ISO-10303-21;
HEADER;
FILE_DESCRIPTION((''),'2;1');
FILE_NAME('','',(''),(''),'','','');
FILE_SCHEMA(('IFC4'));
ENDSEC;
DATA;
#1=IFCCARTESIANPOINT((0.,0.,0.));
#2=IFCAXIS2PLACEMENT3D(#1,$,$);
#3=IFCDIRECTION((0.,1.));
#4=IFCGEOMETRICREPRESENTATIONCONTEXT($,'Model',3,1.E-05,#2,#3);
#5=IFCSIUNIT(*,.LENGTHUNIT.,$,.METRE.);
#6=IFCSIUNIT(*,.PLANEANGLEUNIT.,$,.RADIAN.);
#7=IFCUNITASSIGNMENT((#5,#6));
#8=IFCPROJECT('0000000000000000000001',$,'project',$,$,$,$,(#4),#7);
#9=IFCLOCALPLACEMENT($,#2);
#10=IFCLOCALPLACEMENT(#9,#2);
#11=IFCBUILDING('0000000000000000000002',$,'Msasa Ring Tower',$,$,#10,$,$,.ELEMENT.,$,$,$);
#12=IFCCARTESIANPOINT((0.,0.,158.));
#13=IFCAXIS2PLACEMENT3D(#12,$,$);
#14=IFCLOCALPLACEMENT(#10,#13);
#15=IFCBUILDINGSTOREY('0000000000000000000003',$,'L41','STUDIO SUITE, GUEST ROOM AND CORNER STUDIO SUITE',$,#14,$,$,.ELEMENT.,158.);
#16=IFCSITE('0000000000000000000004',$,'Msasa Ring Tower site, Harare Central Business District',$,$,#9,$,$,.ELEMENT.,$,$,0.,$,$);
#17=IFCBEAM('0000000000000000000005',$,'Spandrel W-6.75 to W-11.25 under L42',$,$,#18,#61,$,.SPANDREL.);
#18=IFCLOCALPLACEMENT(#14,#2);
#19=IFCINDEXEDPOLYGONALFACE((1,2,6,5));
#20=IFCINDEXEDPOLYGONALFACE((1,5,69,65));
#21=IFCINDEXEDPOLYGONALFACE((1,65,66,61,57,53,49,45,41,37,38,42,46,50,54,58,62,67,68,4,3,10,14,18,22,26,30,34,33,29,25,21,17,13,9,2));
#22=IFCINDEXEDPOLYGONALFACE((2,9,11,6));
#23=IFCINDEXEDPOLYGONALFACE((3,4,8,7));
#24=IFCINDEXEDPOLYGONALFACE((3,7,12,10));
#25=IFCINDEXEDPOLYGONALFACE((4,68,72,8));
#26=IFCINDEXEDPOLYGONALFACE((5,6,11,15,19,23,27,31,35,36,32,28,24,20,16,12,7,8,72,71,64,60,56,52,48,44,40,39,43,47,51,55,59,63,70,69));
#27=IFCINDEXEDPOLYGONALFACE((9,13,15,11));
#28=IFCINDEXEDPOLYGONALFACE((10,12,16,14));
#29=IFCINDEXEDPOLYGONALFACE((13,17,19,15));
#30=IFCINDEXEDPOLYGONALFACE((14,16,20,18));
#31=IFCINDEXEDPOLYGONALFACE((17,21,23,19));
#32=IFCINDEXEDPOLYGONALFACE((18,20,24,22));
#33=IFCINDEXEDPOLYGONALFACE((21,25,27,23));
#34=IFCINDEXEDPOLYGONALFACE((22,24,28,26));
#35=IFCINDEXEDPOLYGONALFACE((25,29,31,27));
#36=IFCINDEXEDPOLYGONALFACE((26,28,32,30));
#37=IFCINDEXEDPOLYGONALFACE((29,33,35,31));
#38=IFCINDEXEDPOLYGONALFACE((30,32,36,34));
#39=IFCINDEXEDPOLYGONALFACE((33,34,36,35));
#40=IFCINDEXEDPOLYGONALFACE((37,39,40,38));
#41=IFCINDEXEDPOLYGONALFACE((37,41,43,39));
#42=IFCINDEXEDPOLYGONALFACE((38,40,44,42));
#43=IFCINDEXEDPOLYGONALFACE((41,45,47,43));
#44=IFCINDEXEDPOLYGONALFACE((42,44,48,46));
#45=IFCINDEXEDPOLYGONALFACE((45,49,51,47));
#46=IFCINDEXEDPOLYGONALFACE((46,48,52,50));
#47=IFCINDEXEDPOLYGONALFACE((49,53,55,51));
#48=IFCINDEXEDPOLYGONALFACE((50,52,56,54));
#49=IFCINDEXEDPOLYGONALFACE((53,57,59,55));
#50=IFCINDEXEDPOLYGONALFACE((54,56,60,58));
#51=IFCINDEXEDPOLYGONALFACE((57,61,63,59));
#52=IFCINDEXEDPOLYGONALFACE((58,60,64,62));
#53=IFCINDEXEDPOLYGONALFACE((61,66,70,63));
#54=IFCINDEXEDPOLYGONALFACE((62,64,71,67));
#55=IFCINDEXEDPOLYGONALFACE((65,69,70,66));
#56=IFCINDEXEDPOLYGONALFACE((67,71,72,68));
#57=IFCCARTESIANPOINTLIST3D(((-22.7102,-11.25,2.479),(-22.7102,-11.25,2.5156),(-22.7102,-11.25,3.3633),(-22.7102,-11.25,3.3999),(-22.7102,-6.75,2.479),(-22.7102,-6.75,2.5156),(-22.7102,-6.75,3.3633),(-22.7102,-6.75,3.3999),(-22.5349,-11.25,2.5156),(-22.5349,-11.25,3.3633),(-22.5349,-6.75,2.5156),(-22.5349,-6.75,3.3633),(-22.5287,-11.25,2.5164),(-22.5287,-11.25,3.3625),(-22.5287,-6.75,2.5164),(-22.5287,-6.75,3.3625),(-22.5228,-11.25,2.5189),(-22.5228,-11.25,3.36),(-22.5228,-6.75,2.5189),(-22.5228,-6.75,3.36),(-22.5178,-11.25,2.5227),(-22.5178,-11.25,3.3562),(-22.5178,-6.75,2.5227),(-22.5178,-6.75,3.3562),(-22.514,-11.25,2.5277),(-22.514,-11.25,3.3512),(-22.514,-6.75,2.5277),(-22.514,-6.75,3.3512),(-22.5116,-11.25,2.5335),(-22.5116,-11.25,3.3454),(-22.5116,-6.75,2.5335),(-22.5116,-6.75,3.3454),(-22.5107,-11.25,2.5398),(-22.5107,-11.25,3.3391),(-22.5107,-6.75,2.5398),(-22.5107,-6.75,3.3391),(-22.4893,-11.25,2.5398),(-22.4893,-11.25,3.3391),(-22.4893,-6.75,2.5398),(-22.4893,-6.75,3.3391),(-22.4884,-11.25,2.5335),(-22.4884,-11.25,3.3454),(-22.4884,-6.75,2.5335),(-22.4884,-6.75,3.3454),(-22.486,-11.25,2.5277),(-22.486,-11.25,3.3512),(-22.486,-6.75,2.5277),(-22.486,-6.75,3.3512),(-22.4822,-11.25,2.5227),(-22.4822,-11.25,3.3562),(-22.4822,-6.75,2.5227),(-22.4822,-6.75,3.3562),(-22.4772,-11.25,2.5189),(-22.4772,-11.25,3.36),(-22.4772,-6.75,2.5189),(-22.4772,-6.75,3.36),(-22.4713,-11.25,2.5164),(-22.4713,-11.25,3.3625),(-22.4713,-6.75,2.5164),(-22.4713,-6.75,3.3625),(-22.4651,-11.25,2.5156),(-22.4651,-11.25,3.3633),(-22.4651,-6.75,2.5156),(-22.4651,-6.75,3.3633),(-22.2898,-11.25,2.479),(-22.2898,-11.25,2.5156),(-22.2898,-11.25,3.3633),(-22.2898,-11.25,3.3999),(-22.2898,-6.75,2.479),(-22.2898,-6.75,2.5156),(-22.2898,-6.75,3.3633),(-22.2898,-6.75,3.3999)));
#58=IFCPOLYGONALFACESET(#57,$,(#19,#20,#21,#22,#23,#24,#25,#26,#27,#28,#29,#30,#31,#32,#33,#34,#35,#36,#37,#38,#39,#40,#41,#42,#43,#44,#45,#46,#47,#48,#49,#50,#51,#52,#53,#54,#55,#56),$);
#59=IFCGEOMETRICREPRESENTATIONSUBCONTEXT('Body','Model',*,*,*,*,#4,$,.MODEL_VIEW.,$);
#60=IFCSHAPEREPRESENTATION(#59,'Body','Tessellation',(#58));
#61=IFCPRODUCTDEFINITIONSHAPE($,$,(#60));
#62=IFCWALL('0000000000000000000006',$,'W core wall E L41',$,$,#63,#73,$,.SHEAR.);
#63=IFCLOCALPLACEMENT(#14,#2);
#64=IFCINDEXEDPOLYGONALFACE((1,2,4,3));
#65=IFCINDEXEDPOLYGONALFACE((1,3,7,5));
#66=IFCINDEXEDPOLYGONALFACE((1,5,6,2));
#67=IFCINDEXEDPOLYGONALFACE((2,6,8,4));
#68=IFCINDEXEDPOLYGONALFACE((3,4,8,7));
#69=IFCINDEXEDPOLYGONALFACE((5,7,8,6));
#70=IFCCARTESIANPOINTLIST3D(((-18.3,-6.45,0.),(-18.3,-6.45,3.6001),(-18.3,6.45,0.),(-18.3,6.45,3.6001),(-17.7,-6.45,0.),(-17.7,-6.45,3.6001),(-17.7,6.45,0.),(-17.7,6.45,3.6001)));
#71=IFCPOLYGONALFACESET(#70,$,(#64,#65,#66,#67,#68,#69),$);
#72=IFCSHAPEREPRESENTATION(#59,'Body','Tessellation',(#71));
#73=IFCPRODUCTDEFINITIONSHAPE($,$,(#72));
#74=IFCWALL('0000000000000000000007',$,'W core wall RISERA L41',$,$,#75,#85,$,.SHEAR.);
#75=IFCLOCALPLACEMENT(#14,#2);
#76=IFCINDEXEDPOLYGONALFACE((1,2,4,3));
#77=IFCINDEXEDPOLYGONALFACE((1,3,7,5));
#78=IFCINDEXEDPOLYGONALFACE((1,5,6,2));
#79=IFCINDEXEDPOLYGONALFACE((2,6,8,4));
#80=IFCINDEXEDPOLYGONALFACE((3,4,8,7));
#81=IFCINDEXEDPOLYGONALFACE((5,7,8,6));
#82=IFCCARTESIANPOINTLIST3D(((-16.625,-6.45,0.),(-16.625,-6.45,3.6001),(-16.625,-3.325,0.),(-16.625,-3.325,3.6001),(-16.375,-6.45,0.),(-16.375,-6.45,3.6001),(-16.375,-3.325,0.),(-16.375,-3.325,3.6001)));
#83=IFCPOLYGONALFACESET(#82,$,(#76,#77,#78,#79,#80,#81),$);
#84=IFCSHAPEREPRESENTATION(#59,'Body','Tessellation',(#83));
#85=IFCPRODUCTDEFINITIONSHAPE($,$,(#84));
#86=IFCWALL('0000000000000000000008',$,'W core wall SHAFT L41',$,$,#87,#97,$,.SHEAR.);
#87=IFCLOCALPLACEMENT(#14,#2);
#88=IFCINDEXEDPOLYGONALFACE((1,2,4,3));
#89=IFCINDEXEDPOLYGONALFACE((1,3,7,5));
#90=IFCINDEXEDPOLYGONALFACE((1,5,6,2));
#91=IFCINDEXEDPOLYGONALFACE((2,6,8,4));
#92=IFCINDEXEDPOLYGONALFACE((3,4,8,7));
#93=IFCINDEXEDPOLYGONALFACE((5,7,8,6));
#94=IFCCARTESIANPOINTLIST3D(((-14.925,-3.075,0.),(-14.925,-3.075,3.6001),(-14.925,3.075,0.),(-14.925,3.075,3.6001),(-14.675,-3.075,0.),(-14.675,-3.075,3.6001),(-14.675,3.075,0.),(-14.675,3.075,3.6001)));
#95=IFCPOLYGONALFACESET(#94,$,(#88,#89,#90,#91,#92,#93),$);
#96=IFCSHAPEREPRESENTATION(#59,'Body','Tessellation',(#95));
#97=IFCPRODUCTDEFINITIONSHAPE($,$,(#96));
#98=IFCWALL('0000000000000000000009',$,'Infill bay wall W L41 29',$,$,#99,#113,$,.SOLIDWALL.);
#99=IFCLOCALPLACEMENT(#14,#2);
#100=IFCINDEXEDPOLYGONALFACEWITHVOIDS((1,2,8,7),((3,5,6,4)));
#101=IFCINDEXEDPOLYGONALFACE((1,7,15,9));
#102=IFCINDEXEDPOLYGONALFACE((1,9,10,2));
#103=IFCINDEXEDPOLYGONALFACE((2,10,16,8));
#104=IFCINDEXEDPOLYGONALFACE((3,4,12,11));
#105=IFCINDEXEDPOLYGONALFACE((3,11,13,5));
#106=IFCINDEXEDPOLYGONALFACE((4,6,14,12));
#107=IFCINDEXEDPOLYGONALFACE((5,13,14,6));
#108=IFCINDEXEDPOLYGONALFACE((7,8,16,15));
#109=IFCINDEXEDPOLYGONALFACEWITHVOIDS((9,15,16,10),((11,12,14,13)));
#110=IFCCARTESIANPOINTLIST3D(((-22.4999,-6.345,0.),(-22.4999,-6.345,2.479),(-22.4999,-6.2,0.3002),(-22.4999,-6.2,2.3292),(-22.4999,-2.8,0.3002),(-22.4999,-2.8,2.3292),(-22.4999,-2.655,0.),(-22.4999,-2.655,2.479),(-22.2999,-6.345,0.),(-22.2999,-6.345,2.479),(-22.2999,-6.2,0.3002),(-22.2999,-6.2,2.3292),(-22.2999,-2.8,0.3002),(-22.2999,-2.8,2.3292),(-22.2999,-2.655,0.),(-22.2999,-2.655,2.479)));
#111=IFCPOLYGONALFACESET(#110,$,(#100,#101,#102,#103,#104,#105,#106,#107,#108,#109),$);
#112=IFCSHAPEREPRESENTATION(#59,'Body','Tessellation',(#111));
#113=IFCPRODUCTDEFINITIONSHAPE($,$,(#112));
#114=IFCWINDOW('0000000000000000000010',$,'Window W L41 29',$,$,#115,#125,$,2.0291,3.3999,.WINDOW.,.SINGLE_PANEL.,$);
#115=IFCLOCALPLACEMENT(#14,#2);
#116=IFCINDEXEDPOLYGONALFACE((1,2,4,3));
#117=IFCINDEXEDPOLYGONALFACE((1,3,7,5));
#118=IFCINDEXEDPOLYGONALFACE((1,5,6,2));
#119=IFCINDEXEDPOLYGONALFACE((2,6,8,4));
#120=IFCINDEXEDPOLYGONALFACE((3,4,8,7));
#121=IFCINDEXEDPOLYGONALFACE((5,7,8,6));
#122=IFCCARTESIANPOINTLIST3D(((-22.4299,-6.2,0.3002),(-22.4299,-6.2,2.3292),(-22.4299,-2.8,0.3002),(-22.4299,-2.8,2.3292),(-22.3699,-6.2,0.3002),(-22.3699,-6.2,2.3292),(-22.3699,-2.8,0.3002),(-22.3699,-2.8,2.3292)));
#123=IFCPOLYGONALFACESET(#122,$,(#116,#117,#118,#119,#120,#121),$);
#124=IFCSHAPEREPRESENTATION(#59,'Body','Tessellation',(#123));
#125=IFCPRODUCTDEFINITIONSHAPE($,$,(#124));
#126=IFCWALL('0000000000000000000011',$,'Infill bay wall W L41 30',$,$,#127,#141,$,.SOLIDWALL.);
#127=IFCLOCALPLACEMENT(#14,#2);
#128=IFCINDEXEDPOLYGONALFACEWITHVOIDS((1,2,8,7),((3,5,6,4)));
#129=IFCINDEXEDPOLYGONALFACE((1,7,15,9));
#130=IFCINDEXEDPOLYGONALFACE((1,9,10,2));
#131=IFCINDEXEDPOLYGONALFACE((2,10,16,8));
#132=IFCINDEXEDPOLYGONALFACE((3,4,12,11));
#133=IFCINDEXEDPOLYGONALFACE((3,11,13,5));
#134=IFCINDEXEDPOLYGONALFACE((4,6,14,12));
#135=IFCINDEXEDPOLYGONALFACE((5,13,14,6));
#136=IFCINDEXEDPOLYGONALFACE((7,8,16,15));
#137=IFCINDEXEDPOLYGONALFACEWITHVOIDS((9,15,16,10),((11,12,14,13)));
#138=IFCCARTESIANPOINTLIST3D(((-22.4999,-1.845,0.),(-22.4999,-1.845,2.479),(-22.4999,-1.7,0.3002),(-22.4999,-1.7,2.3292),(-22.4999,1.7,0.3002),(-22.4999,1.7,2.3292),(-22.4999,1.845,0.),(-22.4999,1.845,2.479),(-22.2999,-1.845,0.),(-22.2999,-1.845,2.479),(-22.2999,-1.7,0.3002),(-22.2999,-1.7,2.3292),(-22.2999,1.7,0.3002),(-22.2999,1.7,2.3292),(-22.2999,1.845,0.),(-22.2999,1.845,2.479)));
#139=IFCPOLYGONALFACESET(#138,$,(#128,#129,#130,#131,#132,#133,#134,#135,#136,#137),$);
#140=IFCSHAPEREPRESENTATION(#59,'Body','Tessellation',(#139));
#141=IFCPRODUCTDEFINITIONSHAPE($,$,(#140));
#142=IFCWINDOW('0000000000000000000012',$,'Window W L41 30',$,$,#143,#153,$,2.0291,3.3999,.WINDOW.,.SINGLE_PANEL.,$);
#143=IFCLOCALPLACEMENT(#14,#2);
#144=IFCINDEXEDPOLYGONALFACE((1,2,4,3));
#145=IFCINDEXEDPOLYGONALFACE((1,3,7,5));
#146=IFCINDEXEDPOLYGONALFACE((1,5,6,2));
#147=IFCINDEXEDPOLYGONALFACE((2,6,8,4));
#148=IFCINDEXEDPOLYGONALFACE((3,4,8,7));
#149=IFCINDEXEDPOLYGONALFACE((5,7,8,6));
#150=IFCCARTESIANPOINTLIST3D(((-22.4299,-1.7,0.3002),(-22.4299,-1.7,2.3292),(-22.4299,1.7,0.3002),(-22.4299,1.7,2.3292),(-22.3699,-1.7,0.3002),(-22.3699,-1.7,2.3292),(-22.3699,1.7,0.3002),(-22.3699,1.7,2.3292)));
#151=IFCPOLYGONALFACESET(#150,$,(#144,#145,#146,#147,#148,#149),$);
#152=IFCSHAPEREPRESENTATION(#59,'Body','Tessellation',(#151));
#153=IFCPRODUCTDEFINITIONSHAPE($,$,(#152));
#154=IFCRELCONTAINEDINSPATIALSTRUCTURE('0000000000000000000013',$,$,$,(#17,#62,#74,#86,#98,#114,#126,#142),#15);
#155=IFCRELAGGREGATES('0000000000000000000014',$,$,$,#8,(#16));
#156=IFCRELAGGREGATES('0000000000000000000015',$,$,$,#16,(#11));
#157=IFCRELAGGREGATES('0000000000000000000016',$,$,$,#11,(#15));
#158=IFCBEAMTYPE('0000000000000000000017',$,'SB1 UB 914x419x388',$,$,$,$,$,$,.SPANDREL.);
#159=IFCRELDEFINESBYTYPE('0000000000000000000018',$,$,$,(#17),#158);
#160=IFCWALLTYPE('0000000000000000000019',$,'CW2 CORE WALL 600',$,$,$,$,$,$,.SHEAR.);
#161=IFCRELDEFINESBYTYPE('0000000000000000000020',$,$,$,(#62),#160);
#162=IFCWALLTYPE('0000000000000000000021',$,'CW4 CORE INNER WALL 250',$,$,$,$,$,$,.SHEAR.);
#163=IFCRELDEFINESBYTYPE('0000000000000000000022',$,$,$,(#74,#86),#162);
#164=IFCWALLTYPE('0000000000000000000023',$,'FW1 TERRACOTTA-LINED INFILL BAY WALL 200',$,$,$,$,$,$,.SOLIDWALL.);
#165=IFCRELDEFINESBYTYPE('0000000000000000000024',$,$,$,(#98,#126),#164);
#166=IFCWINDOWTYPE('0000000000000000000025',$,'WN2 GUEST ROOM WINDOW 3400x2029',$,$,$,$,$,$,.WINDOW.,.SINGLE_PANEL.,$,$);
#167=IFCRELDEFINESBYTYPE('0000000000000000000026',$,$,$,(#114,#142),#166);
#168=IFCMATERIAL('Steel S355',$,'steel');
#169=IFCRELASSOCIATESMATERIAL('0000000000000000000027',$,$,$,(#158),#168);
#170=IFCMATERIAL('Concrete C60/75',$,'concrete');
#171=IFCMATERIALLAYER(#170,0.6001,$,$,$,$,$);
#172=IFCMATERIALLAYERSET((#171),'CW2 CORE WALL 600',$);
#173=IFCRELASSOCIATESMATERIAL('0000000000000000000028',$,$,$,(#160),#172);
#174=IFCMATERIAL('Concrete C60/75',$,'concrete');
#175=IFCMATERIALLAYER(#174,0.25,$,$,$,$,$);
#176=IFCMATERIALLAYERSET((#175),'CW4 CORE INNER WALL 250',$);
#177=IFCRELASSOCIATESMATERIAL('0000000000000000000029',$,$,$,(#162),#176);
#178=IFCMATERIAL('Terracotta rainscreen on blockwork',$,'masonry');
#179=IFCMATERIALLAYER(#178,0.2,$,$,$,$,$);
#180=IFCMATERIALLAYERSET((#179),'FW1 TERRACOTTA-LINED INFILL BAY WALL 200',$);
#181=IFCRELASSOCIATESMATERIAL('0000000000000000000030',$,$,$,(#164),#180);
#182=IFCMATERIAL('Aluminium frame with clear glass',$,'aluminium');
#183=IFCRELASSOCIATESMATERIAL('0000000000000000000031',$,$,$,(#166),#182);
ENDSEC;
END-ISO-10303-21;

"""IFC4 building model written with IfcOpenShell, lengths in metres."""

from ifc_helpers import new_model, si_unit, direction, frame, frame_2d, origin, origin_2d, place, context, subcontext, project, spatial, rectangle, i_section, extrude, material, layer, layer_set, material_profile, profile_set, type_object, element, fill, save


model = new_model("IFC4")

# Units and contexts
model_context = context("Model", 3, precision=1e-05, world=origin(), true_north=direction((0.0, 1.0)))
body_context = subcontext(model_context, "Body", "Model", "MODEL_VIEW")
ifc_project = project(units=[si_unit("LENGTHUNIT", "METRE"), si_unit("PLANEANGLEUNIT", "RADIAN")], contexts=[model_context])

# Site, building, storey
site_placement = place(None, origin())
site = spatial("IfcSite", under=ifc_project, at=site_placement, Name="Msasa Ring Tower site, Harare Central Business District", CompositionType="ELEMENT", RefElevation=0.0)
building_placement = place(site_placement, origin())
building = spatial("IfcBuilding", under=site, at=building_placement, Name="Msasa Ring Tower", CompositionType="ELEMENT")
storey_placement = place(building_placement, frame((0.0, 0.0, 158.0)))
storey = spatial("IfcBuildingStorey", under=building, at=storey_placement, Name="L41", Description="STUDIO SUITE, GUEST ROOM AND CORNER STUDIO SUITE", CompositionType="ELEMENT", Elevation=158.0)

# Beam
ifc_material_1 = material(Name="Steel S355", Category="steel")
ifc_material_profile_1 = material_profile(ifc_material_1, i_section(OverallWidth=0.4204, OverallDepth=0.9209, WebThickness=0.0215, FlangeThickness=0.0366, FilletRadius=0.0242, at=origin_2d()), Name="UB 914x419x388")
ifc_profile_set_1 = profile_set([ifc_material_profile_1], Name="Steel S355")
beam_type_1 = type_object("IfcBeamType", Name="SB1 UB 914x419x388", PredefinedType="SPANDREL", material=ifc_profile_set_1)
for number, where, z_axis, x_axis, name in (
    (1, (-22.5, -6.75, 2.9395), (0.0, -1.0, 0.0), (1.0, 0.0, 0.0), "Spandrel W-6.75 to W-11.25 under L42"),
):
    element("IfcBeam", number, at=place(storey_placement, frame(where, z_axis=z_axis, x_axis=x_axis)), inside=storey, type_object=beam_type_1, Name=name, PredefinedType="SPANDREL", context=body_context, shape_type="SweptSolid", body=[
        extrude(i_section(OverallWidth=0.4204, OverallDepth=0.9209, WebThickness=0.0215, FlangeThickness=0.0366, FilletRadius=0.0242, at=origin_2d()), origin(), (0.0, 0.0, 1.0), 4.5),
    ])

# Walls
ifc_material_2 = material(Name="Concrete C60/75", Category="concrete")
ifc_layer_1 = layer(ifc_material_2, 0.6001)
ifc_layer_set_1 = layer_set([ifc_layer_1], Name="CW2 CORE WALL 600")
wall_type_1 = type_object("IfcWallType", Name="CW2 CORE WALL 600", PredefinedType="SHEAR", material=ifc_layer_set_1)
wall_1_placement = place(storey_placement, frame((-18.0, -6.45, 0.0), z_axis=(0.0, 0.0, 1.0), x_axis=(0.0, 1.0, 0.0)))
element("IfcWall", 2, at=wall_1_placement, inside=storey, type_object=wall_type_1, Name="W core wall E L41", PredefinedType="SHEAR", context=body_context, shape_type="SweptSolid", body=[
    extrude(rectangle(XDim=12.8999, YDim=0.6001, at=frame_2d((6.45, 0.0))), origin(), (0.0, 0.0, 1.0), 3.6001),
])
ifc_material_3 = material(Name="Concrete C60/75", Category="concrete")
ifc_layer_2 = layer(ifc_material_3, 0.25)
ifc_layer_set_2 = layer_set([ifc_layer_2], Name="CW4 CORE INNER WALL 250")
wall_type_2 = type_object("IfcWallType", Name="CW4 CORE INNER WALL 250", PredefinedType="SHEAR", material=ifc_layer_set_2)
wall_2_placement = place(storey_placement, frame((-16.5, -6.45, 0.0), z_axis=(0.0, 0.0, 1.0), x_axis=(0.0, 1.0, 0.0)))
element("IfcWall", 3, at=wall_2_placement, inside=storey, type_object=wall_type_2, Name="W core wall RISERA L41", PredefinedType="SHEAR", context=body_context, shape_type="SweptSolid", body=[
    extrude(rectangle(XDim=3.125, YDim=0.25, at=frame_2d((1.5625, 0.0))), origin(), (0.0, 0.0, 1.0), 3.6001),
])
wall_3_placement = place(storey_placement, frame((-14.8, -3.075, 0.0), z_axis=(0.0, 0.0, 1.0), x_axis=(0.0, 1.0, 0.0)))
element("IfcWall", 4, at=wall_3_placement, inside=storey, type_object=wall_type_2, Name="W core wall SHAFT L41", PredefinedType="SHEAR", context=body_context, shape_type="SweptSolid", body=[
    extrude(rectangle(XDim=6.1499, YDim=0.25, at=frame_2d((3.075, 0.0))), origin(), (0.0, 0.0, 1.0), 3.6001),
])

# Walls, openings, windows
ifc_material_4 = material(Name="Terracotta rainscreen on blockwork", Category="masonry")
ifc_layer_3 = layer(ifc_material_4, 0.2)
ifc_layer_set_3 = layer_set([ifc_layer_3], Name="FW1 TERRACOTTA-LINED INFILL BAY WALL 200")
wall_type_3 = type_object("IfcWallType", Name="FW1 TERRACOTTA-LINED INFILL BAY WALL 200", PredefinedType="SOLIDWALL", material=ifc_layer_set_3)
wall_4_placement = place(storey_placement, frame((-22.3999, -6.345, 0.0), z_axis=(0.0, 0.0, 1.0), x_axis=(0.0, 1.0, 0.0)))
wall_4 = element("IfcWall", 5, at=wall_4_placement, inside=storey, type_object=wall_type_3, Name="Infill bay wall W L41 29", PredefinedType="SOLIDWALL", context=body_context, shape_type="SweptSolid", body=[
    extrude(rectangle(XDim=3.6899, YDim=0.2, at=frame_2d((1.845, 0.0))), origin(), (0.0, 0.0, 1.0), 2.479),
])
opening_1_placement = place(wall_4_placement, frame((0.145, 0.0, 0.3)))
opening_1 = element("IfcOpeningElement", 6, at=opening_1_placement, cuts=wall_4, PredefinedType="OPENING", context=body_context, shape_type="SweptSolid", body=[
    extrude(rectangle(XDim=3.3999, YDim=2.0291, at=frame_2d((1.7, 1.0146))), frame((0.0, 0.1099, 0.0), z_axis=(0.0, -1.0, 0.0), x_axis=(1.0, 0.0, 0.0)), (0.0, 0.0, 1.0), 0.22),
])
ifc_material_5 = material(Name="Aluminium frame with clear glass", Category="aluminium")
window_type = type_object("IfcWindowType", Name="WN2 GUEST ROOM WINDOW 3400x2029", PartitioningType="SINGLE_PANEL", PredefinedType="WINDOW", material=ifc_material_5)
window_1_placement = place(opening_1_placement, origin())
window_1 = element("IfcWindow", 7, at=window_1_placement, inside=storey, type_object=window_type, Name="Window W L41 29", OverallHeight=2.0291, OverallWidth=3.3999, PartitioningType="SINGLE_PANEL", PredefinedType="WINDOW", context=body_context, shape_type="SweptSolid", body=[
    extrude(rectangle(XDim=3.3999, YDim=2.0291, at=frame_2d((1.7, 1.0146))), frame((0.0, 0.03, 0.0), z_axis=(0.0, -1.0, 0.0), x_axis=(1.0, 0.0, 0.0)), (0.0, 0.0, 1.0), 0.0601),
])
fill(opening_1, window_1)
wall_5_placement = place(storey_placement, frame((-22.3999, -1.845, 0.0), z_axis=(0.0, 0.0, 1.0), x_axis=(0.0, 1.0, 0.0)))
wall_5 = element("IfcWall", 8, at=wall_5_placement, inside=storey, type_object=wall_type_3, Name="Infill bay wall W L41 30", PredefinedType="SOLIDWALL", context=body_context, shape_type="SweptSolid", body=[
    extrude(rectangle(XDim=3.6899, YDim=0.2, at=frame_2d((1.845, 0.0))), origin(), (0.0, 0.0, 1.0), 2.479),
])
opening_2_placement = place(wall_5_placement, frame((0.145, 0.0, 0.3)))
opening_2 = element("IfcOpeningElement", 9, at=opening_2_placement, cuts=wall_5, PredefinedType="OPENING", context=body_context, shape_type="SweptSolid", body=[
    extrude(rectangle(XDim=3.3999, YDim=2.0291, at=frame_2d((1.7, 1.0146))), frame((0.0, 0.1099, 0.0), z_axis=(0.0, -1.0, 0.0), x_axis=(1.0, 0.0, 0.0)), (0.0, 0.0, 1.0), 0.22),
])
window_2_placement = place(opening_2_placement, origin())
window_2 = element("IfcWindow", 10, at=window_2_placement, inside=storey, type_object=window_type, Name="Window W L41 30", OverallHeight=2.0291, OverallWidth=3.3999, PartitioningType="SINGLE_PANEL", PredefinedType="WINDOW", context=body_context, shape_type="SweptSolid", body=[
    extrude(rectangle(XDim=3.3999, YDim=2.0291, at=frame_2d((1.7, 1.0146))), frame((0.0, 0.03, 0.0), z_axis=(0.0, -1.0, 0.0), x_axis=(1.0, 0.0, 0.0)), (0.0, 0.0, 1.0), 0.0601),
])
fill(opening_2, window_2)

save(model, "model.ifc")
